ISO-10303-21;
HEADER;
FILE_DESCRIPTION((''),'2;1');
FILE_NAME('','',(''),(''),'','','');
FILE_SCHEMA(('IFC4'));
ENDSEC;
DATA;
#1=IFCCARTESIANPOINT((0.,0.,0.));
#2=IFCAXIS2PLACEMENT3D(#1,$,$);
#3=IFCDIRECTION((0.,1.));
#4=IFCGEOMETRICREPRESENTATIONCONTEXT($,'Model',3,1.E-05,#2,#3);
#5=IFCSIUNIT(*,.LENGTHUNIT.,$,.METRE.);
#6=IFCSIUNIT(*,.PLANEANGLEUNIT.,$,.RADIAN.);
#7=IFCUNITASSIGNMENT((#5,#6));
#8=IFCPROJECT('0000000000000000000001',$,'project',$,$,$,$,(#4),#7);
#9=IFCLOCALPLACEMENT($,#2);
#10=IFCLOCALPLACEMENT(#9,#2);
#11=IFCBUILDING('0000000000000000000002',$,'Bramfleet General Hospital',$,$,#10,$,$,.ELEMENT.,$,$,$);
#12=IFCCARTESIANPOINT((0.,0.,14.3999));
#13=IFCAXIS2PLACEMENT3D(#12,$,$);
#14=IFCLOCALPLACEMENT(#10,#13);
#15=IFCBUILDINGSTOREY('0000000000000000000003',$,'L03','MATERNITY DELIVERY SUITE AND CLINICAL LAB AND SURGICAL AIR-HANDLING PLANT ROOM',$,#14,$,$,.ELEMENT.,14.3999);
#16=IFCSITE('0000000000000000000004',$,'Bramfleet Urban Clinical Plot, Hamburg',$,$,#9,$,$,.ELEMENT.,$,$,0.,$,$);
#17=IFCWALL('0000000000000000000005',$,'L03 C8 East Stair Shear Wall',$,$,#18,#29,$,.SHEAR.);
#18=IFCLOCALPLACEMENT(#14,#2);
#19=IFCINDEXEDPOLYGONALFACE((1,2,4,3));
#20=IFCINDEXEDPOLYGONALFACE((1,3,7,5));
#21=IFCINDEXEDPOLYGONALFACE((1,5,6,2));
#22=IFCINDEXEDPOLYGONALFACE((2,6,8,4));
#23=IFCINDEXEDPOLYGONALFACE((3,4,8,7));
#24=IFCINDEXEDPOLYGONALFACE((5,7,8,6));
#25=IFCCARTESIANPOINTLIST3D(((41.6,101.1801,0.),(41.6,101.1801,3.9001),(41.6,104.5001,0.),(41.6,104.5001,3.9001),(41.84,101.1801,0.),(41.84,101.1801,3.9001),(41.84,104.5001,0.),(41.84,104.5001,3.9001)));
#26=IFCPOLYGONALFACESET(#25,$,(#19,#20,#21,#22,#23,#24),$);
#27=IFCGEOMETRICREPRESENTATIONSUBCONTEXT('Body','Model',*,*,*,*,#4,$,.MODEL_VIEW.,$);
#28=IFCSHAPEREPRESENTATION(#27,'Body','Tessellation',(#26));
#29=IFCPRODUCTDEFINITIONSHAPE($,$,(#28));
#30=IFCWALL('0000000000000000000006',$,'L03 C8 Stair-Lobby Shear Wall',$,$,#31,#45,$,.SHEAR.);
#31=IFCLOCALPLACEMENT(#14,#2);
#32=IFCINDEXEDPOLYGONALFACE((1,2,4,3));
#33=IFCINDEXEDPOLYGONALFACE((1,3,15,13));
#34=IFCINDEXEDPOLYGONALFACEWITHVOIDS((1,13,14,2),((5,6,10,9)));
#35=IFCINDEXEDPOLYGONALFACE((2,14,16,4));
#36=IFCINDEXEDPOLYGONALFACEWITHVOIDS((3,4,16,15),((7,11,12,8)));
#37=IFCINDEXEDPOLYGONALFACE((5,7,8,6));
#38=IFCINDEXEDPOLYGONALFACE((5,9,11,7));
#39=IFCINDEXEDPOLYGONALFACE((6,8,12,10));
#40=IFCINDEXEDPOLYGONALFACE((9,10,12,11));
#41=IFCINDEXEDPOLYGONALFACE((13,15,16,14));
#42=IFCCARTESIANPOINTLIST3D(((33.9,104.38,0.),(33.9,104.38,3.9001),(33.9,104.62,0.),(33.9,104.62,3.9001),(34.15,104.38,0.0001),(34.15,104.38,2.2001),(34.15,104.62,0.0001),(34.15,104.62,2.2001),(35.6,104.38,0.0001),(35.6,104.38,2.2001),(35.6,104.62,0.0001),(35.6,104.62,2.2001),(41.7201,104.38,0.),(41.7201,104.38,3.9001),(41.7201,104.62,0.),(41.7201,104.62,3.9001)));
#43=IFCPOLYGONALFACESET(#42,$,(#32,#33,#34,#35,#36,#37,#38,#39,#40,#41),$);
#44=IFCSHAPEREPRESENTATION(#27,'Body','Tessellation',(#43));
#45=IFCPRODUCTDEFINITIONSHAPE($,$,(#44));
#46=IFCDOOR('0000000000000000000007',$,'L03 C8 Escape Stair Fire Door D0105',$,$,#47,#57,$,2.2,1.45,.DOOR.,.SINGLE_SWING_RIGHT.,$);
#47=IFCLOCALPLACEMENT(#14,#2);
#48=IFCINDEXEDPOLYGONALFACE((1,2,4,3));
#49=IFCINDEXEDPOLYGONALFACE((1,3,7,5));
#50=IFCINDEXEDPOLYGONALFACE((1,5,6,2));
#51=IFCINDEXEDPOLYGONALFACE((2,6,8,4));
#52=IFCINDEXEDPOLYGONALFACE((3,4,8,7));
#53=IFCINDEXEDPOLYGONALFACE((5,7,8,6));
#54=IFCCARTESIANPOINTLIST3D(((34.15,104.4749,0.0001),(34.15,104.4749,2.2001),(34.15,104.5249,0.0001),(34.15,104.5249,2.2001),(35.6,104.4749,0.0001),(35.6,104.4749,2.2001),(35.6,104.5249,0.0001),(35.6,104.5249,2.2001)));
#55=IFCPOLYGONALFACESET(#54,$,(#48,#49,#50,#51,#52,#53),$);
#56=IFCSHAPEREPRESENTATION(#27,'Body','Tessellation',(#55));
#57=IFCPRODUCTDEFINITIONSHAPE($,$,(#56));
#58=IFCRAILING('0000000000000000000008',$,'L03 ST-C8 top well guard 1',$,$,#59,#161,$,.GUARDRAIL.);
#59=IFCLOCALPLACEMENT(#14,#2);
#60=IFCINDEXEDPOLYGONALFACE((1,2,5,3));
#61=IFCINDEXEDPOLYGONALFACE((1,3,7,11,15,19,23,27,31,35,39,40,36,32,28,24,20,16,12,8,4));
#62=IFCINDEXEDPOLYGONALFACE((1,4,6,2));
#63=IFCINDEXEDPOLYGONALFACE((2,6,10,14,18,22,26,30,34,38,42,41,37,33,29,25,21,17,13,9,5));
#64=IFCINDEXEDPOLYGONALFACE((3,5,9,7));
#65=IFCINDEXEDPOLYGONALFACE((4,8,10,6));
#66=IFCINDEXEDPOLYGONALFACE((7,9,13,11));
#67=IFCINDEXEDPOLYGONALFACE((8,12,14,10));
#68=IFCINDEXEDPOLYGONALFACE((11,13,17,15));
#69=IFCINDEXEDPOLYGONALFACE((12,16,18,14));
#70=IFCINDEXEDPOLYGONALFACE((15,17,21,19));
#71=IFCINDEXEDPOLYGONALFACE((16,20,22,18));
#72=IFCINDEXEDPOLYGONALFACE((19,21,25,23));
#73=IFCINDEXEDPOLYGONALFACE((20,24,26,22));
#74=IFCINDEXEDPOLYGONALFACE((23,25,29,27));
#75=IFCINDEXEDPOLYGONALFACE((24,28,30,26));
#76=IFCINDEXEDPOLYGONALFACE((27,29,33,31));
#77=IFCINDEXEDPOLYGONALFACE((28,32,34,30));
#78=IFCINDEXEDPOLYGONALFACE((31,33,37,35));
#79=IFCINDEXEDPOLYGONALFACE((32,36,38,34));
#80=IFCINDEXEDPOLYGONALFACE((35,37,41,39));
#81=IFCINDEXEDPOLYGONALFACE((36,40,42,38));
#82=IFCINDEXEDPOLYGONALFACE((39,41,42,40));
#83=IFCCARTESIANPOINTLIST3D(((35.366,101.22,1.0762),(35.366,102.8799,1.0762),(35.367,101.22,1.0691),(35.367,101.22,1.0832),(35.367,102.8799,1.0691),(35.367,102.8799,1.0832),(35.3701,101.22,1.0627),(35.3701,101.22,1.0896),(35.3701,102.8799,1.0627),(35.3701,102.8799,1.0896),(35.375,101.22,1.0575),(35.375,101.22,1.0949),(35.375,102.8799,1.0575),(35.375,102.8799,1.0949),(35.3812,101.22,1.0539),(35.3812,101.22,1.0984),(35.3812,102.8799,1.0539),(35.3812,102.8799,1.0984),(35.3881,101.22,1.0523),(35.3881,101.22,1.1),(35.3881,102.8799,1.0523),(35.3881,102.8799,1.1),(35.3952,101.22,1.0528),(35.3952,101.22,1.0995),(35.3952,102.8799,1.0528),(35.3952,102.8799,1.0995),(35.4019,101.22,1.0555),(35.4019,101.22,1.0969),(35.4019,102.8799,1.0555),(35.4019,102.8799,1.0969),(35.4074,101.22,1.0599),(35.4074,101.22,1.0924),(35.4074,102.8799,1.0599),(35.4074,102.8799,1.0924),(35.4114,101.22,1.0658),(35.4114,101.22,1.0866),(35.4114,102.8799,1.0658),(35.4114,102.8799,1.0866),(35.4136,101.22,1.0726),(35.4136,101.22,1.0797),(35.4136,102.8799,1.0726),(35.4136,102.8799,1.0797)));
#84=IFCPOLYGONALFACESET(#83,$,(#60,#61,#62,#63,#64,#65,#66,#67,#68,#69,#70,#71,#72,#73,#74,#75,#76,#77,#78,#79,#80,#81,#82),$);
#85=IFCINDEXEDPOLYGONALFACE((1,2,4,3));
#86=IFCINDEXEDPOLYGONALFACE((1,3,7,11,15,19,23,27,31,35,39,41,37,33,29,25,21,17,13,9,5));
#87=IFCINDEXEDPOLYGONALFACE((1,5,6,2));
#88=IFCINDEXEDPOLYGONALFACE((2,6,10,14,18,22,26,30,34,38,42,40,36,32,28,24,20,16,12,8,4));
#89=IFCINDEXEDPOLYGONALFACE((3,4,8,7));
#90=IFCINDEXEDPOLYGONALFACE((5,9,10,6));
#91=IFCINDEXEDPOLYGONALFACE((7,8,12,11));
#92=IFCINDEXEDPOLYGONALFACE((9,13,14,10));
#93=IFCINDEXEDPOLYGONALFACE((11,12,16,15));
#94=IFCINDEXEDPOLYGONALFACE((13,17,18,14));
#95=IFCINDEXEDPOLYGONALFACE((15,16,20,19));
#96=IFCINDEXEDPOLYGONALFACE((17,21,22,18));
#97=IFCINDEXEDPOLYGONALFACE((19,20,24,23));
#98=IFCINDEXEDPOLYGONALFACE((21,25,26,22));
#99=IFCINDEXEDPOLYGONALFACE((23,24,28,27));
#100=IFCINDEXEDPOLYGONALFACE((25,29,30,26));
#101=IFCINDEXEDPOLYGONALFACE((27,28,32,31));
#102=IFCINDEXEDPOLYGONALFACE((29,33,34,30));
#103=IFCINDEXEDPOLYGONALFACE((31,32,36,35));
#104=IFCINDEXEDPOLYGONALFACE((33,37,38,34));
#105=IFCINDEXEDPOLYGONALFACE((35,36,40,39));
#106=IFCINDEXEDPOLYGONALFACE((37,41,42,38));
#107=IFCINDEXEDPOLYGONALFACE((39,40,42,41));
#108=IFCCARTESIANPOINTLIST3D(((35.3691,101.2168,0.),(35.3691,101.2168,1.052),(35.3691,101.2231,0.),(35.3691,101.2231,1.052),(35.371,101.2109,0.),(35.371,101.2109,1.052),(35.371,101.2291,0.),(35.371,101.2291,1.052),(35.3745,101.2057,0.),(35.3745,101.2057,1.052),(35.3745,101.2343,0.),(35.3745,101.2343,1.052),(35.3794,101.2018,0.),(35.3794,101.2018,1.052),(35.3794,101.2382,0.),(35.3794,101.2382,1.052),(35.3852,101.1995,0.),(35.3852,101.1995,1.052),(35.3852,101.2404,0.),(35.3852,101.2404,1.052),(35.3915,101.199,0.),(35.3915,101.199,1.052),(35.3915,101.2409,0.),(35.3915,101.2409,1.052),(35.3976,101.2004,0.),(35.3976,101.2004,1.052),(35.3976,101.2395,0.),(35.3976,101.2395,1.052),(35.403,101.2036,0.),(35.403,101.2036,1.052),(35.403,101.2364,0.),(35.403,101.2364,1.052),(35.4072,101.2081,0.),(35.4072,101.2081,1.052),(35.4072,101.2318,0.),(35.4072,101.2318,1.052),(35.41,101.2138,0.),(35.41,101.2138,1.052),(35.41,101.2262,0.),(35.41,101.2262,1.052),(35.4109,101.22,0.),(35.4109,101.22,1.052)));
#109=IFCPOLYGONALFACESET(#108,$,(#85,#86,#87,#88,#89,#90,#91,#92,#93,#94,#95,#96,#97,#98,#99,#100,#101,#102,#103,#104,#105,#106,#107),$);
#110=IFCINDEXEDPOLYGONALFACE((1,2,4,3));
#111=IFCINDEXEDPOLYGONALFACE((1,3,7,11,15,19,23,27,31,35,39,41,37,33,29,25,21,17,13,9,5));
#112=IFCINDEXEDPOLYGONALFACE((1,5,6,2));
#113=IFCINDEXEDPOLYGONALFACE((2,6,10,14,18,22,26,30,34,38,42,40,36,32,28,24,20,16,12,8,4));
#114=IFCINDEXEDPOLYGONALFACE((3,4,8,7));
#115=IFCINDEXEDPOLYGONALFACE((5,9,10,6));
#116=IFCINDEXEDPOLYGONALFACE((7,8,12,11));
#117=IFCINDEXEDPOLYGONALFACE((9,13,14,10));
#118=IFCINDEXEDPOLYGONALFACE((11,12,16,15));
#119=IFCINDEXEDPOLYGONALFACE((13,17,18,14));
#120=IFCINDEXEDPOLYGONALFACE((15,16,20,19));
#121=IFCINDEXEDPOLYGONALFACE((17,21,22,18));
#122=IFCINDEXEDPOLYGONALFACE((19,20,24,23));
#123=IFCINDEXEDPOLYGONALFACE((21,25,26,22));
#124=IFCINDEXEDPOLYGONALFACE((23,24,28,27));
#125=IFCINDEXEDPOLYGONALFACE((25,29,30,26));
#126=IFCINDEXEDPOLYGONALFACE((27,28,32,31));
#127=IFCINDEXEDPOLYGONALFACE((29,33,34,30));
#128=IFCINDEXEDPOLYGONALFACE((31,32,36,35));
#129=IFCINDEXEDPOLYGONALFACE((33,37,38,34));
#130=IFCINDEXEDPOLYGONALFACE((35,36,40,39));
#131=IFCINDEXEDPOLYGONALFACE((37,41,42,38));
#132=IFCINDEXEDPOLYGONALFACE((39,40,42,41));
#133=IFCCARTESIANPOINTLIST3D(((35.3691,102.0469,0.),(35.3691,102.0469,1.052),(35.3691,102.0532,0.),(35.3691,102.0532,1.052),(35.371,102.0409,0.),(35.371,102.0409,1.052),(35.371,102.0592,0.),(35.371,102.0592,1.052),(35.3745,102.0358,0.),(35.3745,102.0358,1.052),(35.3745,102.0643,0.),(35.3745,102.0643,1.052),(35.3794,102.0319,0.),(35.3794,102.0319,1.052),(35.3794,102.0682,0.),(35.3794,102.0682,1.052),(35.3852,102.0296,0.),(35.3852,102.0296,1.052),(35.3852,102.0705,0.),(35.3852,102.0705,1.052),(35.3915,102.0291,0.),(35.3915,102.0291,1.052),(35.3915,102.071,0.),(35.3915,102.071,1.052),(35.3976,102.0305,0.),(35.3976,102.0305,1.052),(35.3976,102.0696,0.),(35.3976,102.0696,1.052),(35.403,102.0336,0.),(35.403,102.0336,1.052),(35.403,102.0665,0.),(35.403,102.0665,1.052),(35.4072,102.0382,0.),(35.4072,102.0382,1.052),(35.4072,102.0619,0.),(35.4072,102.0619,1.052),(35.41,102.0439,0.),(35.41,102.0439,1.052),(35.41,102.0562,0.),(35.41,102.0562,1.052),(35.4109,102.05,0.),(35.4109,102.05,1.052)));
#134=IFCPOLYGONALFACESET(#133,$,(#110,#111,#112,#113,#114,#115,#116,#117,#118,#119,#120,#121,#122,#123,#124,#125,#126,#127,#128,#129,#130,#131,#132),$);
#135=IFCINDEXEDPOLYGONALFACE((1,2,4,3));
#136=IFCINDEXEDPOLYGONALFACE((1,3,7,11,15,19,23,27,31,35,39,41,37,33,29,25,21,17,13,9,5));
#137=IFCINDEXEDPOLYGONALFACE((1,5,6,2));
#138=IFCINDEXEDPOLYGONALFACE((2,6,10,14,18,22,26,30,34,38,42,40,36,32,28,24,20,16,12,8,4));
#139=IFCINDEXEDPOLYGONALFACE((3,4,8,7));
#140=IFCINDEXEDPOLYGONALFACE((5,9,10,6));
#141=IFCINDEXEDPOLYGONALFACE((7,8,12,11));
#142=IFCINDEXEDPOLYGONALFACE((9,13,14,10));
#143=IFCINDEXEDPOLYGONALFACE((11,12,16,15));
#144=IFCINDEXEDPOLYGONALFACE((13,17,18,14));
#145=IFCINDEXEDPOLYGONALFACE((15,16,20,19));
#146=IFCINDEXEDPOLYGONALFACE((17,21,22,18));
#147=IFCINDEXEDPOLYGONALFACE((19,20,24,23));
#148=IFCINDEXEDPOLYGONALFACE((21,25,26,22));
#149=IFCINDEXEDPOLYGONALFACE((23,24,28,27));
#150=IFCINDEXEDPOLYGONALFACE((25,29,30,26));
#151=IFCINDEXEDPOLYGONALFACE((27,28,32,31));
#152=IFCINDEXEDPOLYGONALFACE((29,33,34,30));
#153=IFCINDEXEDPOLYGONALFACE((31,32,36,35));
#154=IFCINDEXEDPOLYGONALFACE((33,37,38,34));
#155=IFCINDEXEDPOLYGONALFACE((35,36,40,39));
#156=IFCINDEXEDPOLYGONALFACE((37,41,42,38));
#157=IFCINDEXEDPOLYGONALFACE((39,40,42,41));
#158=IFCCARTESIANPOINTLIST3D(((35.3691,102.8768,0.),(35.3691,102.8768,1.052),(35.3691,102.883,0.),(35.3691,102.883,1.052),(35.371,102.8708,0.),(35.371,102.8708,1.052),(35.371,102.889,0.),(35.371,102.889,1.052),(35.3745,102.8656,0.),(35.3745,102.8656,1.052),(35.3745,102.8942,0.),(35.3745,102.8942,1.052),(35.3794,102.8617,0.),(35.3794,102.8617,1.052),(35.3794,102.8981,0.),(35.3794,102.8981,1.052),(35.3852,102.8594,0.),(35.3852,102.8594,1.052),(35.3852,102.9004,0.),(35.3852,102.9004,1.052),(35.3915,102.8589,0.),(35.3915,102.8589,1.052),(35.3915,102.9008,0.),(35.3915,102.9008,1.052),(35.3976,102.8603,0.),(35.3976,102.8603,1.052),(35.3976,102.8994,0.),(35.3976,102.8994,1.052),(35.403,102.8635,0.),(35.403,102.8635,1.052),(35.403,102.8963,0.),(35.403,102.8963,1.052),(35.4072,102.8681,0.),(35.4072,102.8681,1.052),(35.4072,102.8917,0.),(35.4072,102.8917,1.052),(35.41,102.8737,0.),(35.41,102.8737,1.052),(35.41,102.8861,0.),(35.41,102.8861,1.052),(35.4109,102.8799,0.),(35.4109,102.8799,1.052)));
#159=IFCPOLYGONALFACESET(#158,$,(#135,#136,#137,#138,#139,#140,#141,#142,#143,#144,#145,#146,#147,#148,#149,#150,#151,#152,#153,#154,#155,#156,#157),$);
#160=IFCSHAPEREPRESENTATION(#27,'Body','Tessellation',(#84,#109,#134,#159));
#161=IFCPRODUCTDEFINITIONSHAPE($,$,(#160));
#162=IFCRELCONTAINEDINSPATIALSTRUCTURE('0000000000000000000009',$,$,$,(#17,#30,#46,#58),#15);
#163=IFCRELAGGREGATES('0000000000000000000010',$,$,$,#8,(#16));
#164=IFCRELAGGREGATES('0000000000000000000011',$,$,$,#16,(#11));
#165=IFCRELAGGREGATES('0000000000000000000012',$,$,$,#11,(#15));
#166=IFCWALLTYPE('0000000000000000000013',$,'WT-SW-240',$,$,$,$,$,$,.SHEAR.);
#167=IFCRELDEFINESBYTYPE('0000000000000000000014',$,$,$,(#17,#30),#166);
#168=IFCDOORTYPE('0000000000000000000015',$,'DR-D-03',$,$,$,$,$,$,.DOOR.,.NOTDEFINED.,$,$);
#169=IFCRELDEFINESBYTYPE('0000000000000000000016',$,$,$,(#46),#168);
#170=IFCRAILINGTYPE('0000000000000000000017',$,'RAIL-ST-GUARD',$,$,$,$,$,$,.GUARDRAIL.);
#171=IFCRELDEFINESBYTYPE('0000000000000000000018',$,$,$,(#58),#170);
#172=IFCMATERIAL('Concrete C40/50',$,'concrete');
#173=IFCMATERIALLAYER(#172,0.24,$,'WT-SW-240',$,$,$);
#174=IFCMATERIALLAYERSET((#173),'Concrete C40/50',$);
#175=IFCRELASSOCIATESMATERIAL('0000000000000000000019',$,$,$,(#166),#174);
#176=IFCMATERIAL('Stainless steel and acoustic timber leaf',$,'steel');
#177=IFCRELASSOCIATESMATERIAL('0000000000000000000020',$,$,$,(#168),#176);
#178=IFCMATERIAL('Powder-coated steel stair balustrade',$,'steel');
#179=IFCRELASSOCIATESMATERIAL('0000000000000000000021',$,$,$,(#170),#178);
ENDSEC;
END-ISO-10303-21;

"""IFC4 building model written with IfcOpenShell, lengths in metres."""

from ifc_helpers import new_model, si_unit, direction, frame, frame_2d, origin, origin_2d, place, context, subcontext, project, spatial, rectangle, circle, extrude, material, layer, layer_set, type_object, element, fill, save


model = new_model("IFC4")

# Units and contexts
model_context = context("Model", 3, precision=1e-05, world=origin(), true_north=direction((0.0, 1.0)))
body_context = subcontext(model_context, "Body", "Model", "MODEL_VIEW")
ifc_project = project(units=[si_unit("LENGTHUNIT", "METRE"), si_unit("PLANEANGLEUNIT", "RADIAN")], contexts=[model_context])

# Site, building, storey
site_placement = place(None, origin())
site = spatial("IfcSite", under=ifc_project, at=site_placement, Name="Bramfleet Urban Clinical Plot, Hamburg", CompositionType="ELEMENT", RefElevation=0.0)
building_placement = place(site_placement, origin())
building = spatial("IfcBuilding", under=site, at=building_placement, Name="Bramfleet General Hospital", CompositionType="ELEMENT")
storey_placement = place(building_placement, frame((0.0, 0.0, 14.3999)))
storey = spatial("IfcBuildingStorey", under=building, at=storey_placement, Name="L03", Description="MATERNITY DELIVERY SUITE AND CLINICAL LAB AND SURGICAL AIR-HANDLING PLANT ROOM", CompositionType="ELEMENT", Elevation=14.3999)

# Shared definitions
ifc_material_1 = material(Name="Concrete C40/50", Category="concrete")

# Wall
ifc_layer_1 = layer(ifc_material_1, 0.24, Name="WT-SW-240")
ifc_layer_set_1 = layer_set([ifc_layer_1], Name="Concrete C40/50")
wall_type_1 = type_object("IfcWallType", Name="WT-SW-240", PredefinedType="SHEAR", material=ifc_layer_set_1)
for number, where, z_axis, x_axis, name in (
    (1, (41.72, 101.1799, 0.0), (0.0, 0.0, 1.0), (0.0, 1.0, 0.0), "L03 C8 East Stair Shear Wall"),
):
    element("IfcWall", number, at=place(storey_placement, frame(where, z_axis=z_axis, x_axis=x_axis)), inside=storey, type_object=wall_type_1, Name=name, PredefinedType="SHEAR", context=body_context, shape_type="SweptSolid", body=[
        extrude(rectangle(XDim=3.3201, YDim=0.24, at=frame_2d((1.6602, 0.0))), origin(), (0.0, 0.0, 1.0), 3.9001),
    ])

# Wall, opening, door
wall_1_placement = place(storey_placement, frame((33.8999, 104.5, 0.0), z_axis=(0.0, 0.0, 1.0), x_axis=(1.0, 0.0, 0.0)))
wall_1 = element("IfcWall", 2, at=wall_1_placement, inside=storey, type_object=wall_type_1, Name="L03 C8 Stair-Lobby Shear Wall", PredefinedType="SHEAR", context=body_context, shape_type="SweptSolid", body=[
    extrude(rectangle(XDim=7.8201, YDim=0.24, at=frame_2d((3.9102, 0.0))), origin(), (0.0, 0.0, 1.0), 3.9001),
])
opening_placement = place(wall_1_placement, frame((0.25, 0.0, 0.0)))
opening = element("IfcOpeningElement", 3, at=opening_placement, cuts=wall_1, PredefinedType="OPENING", context=body_context, shape_type="SweptSolid", body=[
    extrude(rectangle(XDim=1.45, YDim=2.2, at=frame_2d((0.7251, 1.1001))), frame((0.0, 0.1299, 0.0), z_axis=(0.0, -1.0, 0.0), x_axis=(1.0, 0.0, 0.0)), (0.0, 0.0, 1.0), 0.26),
])
ifc_material_2 = material(Name="Stainless steel and acoustic timber leaf", Category="steel")
door_type = type_object("IfcDoorType", Name="DR-D-03", OperationType="NOTDEFINED", PredefinedType="DOOR", material=ifc_material_2)
door_placement = place(opening_placement, origin())
door = element("IfcDoor", 4, at=door_placement, inside=storey, type_object=door_type, Name="L03 C8 Escape Stair Fire Door D0105", OperationType="SINGLE_SWING_RIGHT", OverallHeight=2.2, OverallWidth=1.45, PredefinedType="DOOR", context=body_context, shape_type="SweptSolid", body=[
    extrude(rectangle(XDim=1.45, YDim=2.2, at=frame_2d((0.7251, 1.1001))), frame((0.0, 0.0249, 0.0), z_axis=(0.0, -1.0, 0.0), x_axis=(1.0, 0.0, 0.0)), (0.0, 0.0, 1.0), 0.05),
])
fill(opening, door)

# Railing
ifc_material_3 = material(Name="Powder-coated steel stair balustrade", Category="steel")
railing_type = type_object("IfcRailingType", Name="RAIL-ST-GUARD", PredefinedType="GUARDRAIL", material=ifc_material_3)
railing_placement = place(storey_placement, frame((35.3899, 101.22, 0.0)))
element("IfcRailing", 5, at=railing_placement, inside=storey, type_object=railing_type, Name="L03 ST-C8 top well guard 1", PredefinedType="GUARDRAIL", context=body_context, shape_type="SweptSolid", body=[
    extrude(circle(Radius=0.0239, at=origin_2d()), frame((0.0, 0.0, 1.0762), z_axis=(0.0, 1.0, 0.0), x_axis=(-1.0, 0.0, 0.0)), (0.0, 0.0, 1.0), 1.6599),
    extrude(circle(Radius=0.021, at=origin_2d()), origin(), (0.0, 0.0, 1.0), 1.052),
    extrude(circle(Radius=0.021, at=origin_2d()), frame((0.0, 0.8301, 0.0)), (0.0, 0.0, 1.0), 1.052),
    extrude(circle(Radius=0.021, at=origin_2d()), frame((0.0, 1.6599, 0.0)), (0.0, 0.0, 1.0), 1.052),
])

save(model, "model.ifc")
